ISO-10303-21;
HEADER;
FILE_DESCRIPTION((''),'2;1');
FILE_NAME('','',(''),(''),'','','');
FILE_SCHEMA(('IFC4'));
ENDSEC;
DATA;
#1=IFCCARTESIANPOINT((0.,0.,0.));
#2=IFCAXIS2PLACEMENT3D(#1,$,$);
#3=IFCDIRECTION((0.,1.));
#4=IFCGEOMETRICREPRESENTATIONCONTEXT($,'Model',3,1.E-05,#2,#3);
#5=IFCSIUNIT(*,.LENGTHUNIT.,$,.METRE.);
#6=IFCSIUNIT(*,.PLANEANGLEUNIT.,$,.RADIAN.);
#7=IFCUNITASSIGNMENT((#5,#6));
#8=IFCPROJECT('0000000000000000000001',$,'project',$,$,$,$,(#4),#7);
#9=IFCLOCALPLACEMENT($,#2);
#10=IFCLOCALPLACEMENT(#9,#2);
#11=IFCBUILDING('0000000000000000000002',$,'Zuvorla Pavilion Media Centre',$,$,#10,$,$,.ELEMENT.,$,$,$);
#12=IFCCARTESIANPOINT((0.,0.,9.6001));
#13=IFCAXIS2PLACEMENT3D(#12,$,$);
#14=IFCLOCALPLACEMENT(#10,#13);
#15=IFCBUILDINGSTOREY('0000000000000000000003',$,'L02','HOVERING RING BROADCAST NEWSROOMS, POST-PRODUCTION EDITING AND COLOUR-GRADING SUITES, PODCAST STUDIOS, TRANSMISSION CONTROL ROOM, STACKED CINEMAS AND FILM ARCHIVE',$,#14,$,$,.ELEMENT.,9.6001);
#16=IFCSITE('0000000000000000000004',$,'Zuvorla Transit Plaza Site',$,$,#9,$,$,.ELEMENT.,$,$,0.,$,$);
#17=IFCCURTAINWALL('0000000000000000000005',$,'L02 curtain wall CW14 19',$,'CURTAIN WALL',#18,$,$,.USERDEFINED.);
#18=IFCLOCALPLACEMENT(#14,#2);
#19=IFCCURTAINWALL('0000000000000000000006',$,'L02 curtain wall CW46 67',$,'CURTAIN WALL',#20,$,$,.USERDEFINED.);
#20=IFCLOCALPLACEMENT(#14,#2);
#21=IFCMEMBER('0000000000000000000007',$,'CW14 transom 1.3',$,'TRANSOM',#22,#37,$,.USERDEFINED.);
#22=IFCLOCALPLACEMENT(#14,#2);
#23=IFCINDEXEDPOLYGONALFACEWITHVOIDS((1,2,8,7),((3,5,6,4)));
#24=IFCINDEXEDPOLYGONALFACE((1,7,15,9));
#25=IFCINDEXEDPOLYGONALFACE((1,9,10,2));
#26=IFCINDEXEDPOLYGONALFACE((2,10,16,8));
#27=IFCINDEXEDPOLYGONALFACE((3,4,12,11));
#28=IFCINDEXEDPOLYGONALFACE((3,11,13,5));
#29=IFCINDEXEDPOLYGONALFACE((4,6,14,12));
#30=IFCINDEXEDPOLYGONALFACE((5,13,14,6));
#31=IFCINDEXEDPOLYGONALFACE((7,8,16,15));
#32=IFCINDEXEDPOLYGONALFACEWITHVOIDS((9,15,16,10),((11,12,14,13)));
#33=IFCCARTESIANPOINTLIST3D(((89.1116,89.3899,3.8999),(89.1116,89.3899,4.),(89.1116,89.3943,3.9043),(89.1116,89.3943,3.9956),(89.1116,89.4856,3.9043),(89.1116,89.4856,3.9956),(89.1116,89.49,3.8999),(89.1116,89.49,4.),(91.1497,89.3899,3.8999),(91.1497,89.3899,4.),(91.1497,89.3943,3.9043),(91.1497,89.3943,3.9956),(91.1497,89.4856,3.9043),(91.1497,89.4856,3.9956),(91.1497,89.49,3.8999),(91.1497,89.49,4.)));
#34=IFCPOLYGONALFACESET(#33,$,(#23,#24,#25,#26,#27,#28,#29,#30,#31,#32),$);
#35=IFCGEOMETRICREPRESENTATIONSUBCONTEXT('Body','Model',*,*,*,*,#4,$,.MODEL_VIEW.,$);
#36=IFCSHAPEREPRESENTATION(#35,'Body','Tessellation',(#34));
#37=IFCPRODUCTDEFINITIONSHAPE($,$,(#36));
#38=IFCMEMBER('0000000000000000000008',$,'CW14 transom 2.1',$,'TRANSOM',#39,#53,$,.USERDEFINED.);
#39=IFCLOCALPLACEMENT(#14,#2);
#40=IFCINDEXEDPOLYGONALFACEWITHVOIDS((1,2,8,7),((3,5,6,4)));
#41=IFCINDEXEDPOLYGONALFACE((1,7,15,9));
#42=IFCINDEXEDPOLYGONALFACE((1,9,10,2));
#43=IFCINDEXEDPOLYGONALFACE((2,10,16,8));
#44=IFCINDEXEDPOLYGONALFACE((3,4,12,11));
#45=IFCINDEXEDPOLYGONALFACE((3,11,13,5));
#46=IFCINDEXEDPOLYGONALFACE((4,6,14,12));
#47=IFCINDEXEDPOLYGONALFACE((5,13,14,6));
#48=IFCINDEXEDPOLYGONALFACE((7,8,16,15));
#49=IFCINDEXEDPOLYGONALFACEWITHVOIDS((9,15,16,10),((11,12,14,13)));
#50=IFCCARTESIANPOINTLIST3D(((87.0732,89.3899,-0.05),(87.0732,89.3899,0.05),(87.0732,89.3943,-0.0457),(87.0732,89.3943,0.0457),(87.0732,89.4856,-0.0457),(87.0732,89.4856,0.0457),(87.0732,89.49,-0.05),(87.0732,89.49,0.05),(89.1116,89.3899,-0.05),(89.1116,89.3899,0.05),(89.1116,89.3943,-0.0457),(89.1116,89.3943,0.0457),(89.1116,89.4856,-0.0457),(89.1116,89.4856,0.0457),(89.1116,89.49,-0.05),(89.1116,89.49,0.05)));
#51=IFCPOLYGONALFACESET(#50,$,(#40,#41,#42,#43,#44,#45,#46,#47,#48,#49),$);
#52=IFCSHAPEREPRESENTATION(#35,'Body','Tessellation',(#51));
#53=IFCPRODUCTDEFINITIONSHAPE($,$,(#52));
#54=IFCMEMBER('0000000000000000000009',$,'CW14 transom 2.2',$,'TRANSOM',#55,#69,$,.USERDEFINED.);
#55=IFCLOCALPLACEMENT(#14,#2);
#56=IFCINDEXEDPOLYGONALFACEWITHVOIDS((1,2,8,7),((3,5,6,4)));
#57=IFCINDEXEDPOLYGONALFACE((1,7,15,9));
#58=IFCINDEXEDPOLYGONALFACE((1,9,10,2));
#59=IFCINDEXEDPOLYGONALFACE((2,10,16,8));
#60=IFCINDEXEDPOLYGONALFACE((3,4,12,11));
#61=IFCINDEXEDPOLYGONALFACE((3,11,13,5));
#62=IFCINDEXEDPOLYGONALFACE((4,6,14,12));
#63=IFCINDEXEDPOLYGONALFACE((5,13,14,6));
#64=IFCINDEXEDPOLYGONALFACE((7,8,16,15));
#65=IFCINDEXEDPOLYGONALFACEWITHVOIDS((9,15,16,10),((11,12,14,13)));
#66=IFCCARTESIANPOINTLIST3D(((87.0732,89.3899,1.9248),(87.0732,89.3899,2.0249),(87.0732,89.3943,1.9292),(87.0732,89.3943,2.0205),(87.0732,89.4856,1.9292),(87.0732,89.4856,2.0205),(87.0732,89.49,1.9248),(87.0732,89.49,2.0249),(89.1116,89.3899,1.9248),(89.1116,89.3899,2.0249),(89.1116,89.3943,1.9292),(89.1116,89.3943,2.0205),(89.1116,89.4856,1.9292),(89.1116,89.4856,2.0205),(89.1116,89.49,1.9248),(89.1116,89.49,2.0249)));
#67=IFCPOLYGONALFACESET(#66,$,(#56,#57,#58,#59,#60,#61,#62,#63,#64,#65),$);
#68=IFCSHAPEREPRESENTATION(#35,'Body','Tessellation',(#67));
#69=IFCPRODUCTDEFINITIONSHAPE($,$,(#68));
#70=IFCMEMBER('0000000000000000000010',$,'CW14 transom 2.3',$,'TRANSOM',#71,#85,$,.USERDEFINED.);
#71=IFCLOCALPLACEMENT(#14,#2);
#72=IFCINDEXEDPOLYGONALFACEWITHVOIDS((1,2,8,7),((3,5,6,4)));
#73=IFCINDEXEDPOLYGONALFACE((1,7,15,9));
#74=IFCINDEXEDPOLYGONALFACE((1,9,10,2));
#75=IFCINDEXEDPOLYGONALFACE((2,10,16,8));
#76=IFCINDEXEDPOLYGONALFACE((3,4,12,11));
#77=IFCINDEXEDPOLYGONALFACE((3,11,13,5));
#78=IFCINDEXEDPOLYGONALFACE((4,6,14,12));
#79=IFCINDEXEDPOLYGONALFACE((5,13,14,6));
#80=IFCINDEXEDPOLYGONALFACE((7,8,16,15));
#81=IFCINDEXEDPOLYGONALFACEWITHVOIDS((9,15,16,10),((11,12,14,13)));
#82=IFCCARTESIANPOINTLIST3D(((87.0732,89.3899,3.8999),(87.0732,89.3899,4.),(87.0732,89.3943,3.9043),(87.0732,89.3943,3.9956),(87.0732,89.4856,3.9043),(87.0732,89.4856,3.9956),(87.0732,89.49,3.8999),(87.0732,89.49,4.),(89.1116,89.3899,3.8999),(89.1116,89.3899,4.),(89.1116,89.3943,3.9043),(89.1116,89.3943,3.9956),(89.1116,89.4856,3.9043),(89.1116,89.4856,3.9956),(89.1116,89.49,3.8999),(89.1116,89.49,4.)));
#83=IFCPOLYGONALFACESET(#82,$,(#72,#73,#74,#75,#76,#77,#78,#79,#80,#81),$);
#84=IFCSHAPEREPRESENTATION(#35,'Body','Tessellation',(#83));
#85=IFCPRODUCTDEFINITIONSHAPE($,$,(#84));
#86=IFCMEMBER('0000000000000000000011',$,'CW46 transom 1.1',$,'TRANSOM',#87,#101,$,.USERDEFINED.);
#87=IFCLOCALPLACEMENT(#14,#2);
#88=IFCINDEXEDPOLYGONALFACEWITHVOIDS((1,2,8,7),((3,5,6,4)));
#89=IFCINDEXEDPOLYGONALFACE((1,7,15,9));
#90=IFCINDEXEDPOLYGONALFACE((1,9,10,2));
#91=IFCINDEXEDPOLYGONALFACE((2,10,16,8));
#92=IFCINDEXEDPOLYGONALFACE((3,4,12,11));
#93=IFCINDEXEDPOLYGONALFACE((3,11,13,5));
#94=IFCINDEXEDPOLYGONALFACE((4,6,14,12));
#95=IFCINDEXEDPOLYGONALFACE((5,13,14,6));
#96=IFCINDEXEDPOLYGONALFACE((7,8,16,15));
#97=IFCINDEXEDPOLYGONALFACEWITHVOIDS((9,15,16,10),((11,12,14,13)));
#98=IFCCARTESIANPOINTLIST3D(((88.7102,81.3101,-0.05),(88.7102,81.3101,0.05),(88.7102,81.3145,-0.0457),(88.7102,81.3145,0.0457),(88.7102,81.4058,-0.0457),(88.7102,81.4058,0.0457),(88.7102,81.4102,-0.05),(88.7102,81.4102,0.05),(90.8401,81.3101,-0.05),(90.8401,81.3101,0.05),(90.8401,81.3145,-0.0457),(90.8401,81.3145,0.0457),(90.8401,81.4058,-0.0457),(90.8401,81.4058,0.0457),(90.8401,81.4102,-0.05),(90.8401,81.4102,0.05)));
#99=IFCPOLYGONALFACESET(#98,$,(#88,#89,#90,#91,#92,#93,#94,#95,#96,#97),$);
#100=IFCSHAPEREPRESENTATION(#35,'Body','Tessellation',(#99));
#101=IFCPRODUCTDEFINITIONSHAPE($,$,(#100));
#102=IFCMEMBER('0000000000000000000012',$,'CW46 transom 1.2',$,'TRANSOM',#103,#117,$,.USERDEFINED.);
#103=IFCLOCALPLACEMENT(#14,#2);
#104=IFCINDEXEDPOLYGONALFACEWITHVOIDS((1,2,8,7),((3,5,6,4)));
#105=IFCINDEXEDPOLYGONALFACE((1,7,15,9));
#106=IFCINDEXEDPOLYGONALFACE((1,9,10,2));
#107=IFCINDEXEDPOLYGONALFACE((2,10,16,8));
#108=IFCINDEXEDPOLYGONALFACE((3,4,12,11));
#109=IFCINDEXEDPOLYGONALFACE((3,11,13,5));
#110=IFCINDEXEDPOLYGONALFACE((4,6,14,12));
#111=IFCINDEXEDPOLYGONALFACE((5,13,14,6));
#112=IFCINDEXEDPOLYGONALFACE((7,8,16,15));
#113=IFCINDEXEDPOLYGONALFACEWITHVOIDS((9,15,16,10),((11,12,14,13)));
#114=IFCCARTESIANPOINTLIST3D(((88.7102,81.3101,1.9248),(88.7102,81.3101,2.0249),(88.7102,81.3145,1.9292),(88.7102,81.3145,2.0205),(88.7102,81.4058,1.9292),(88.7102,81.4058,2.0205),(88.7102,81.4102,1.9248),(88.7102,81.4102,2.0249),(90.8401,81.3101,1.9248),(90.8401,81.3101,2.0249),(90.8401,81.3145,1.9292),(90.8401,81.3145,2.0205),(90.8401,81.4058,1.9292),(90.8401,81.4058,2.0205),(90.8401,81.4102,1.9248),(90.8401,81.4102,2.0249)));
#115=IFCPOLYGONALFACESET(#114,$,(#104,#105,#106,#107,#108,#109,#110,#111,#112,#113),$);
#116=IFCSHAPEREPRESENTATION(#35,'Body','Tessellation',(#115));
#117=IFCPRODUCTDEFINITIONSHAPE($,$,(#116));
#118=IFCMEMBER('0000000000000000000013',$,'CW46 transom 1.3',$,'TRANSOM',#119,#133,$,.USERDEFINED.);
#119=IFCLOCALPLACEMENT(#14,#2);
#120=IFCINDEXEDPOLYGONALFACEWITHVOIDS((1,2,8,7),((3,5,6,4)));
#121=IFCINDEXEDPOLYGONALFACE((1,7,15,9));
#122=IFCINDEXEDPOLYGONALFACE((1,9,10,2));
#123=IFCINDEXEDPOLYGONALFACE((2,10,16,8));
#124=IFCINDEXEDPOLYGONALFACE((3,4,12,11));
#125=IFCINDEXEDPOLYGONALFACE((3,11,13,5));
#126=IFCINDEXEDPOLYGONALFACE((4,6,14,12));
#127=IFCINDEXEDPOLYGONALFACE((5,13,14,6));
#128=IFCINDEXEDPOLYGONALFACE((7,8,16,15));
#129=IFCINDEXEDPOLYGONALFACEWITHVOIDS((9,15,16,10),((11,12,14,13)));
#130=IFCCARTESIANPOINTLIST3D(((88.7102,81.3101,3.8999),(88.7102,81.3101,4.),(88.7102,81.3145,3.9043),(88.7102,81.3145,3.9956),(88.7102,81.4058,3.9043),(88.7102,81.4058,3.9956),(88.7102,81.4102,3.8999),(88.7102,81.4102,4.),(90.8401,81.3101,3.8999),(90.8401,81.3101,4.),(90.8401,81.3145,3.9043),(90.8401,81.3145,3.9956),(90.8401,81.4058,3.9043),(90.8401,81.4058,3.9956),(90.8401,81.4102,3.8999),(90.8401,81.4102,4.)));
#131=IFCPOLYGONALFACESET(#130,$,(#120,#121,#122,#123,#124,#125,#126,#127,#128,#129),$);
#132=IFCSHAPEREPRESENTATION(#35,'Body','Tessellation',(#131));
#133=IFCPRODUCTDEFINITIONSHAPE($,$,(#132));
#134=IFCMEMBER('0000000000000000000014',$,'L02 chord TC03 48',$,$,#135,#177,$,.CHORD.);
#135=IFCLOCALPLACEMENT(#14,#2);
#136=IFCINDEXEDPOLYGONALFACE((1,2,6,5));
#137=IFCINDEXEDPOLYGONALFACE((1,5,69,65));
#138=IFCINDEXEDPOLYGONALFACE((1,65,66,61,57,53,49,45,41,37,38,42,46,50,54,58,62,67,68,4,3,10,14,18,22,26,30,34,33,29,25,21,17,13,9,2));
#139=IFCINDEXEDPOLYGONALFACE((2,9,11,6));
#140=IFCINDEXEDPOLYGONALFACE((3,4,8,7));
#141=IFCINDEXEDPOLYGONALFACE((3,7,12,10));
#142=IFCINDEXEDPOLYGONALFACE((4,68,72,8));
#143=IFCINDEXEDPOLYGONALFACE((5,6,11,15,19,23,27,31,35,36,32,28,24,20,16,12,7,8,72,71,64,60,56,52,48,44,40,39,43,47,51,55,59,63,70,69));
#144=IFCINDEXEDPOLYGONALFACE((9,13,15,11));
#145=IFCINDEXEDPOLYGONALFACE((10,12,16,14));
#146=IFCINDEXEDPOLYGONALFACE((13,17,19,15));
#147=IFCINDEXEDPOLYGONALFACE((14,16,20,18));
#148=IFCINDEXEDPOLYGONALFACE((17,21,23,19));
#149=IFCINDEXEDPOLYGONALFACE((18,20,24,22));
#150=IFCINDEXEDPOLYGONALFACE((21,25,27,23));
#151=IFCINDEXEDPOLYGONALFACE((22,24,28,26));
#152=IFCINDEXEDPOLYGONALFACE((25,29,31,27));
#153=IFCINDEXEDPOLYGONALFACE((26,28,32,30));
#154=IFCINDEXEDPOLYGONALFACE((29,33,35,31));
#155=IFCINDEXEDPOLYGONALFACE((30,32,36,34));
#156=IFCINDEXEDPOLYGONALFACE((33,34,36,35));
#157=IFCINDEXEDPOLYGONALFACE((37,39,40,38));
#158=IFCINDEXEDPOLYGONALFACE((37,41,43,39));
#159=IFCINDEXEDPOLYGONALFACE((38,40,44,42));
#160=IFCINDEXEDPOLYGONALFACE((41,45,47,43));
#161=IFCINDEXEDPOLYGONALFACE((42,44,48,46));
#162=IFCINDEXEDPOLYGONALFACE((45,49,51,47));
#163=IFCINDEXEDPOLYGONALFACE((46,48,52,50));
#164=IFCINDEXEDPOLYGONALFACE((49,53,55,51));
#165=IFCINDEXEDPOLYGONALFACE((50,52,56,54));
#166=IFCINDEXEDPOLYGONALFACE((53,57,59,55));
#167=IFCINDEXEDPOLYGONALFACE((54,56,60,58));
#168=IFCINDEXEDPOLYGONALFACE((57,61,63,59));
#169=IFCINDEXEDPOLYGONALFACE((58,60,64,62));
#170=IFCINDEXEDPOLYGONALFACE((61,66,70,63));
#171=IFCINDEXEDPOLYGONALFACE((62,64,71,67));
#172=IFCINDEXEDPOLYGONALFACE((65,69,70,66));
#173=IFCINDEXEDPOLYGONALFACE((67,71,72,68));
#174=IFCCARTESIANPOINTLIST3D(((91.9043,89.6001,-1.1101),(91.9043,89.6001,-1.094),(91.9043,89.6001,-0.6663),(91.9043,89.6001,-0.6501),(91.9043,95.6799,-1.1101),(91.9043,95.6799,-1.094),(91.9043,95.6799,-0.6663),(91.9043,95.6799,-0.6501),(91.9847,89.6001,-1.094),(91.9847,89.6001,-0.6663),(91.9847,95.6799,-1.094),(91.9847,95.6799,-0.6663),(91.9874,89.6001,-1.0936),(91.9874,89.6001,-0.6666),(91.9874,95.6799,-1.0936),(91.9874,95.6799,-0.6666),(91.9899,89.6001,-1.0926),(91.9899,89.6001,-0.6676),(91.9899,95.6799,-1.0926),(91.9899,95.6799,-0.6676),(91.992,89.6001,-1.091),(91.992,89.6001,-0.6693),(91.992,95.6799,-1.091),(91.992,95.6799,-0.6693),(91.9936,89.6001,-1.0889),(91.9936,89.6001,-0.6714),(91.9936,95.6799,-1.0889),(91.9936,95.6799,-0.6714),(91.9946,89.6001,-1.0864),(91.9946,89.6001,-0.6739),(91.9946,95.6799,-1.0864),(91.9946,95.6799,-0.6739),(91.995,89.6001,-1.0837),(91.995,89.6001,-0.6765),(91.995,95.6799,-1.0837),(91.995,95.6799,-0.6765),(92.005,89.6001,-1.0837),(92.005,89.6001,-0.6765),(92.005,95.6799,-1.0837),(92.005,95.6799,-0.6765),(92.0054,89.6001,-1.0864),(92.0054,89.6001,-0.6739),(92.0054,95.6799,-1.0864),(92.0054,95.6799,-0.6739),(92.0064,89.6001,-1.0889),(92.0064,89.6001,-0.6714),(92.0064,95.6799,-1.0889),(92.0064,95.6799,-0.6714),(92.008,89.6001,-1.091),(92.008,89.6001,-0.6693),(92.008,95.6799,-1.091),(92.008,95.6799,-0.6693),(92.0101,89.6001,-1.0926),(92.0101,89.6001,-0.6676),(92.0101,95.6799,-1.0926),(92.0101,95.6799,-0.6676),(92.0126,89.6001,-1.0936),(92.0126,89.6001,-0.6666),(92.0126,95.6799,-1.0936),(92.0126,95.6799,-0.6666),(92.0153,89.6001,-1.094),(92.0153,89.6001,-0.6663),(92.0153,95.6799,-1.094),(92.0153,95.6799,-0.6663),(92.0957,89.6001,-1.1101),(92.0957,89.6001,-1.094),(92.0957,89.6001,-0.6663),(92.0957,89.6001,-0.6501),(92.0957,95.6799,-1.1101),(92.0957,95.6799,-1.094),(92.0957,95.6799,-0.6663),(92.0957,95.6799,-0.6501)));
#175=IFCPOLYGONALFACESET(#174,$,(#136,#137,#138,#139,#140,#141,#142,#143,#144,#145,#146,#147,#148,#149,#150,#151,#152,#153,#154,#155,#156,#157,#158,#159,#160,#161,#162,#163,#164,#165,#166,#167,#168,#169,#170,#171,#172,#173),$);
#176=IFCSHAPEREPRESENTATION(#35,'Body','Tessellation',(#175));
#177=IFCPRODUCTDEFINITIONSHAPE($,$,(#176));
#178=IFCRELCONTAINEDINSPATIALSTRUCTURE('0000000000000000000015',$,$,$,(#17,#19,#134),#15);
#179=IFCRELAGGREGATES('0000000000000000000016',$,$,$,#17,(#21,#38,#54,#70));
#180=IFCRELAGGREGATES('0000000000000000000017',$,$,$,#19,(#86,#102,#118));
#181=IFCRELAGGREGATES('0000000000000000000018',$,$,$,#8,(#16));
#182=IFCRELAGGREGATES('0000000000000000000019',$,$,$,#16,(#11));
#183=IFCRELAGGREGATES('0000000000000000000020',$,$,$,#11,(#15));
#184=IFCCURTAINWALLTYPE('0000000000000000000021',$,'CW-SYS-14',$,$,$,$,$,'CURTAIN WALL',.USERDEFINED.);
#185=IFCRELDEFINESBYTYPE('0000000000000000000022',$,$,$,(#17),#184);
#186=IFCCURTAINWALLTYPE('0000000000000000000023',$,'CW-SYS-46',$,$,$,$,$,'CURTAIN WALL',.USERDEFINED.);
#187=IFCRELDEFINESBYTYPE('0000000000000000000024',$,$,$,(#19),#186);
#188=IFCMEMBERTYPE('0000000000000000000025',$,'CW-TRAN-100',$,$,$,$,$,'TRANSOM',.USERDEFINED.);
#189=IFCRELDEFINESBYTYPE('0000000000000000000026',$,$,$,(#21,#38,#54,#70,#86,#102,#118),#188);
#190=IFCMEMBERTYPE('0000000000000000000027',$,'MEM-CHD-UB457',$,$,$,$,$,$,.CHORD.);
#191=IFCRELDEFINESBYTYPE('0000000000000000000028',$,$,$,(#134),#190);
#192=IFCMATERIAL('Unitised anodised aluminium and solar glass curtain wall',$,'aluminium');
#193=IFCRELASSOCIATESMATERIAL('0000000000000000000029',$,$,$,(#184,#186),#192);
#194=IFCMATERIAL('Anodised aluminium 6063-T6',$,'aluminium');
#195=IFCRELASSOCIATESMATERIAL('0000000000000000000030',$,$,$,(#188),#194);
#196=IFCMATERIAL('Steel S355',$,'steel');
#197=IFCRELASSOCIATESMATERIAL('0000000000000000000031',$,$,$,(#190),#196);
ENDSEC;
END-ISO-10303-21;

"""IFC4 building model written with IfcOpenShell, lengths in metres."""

from ifc_helpers import new_model, si_unit, direction, frame, origin, origin_2d, place, context, subcontext, project, spatial, hollow_rectangle, i_section, extrude, material, material_profile, profile_set, type_object, element, aggregate, save


model = new_model("IFC4")

# Units and contexts
model_context = context("Model", 3, precision=1e-05, world=origin(), true_north=direction((0.0, 1.0)))
body_context = subcontext(model_context, "Body", "Model", "MODEL_VIEW")
ifc_project = project(units=[si_unit("LENGTHUNIT", "METRE"), si_unit("PLANEANGLEUNIT", "RADIAN")], contexts=[model_context])

# Site, building, storey
site_placement = place(None, origin())
site = spatial("IfcSite", under=ifc_project, at=site_placement, Name="Zuvorla Transit Plaza Site", CompositionType="ELEMENT", RefElevation=0.0)
building_placement = place(site_placement, origin())
building = spatial("IfcBuilding", under=site, at=building_placement, Name="Zuvorla Pavilion Media Centre", CompositionType="ELEMENT")
storey_placement = place(building_placement, frame((0.0, 0.0, 9.6001)))
storey = spatial("IfcBuildingStorey", under=building, at=storey_placement, Name="L02", Description="HOVERING RING BROADCAST NEWSROOMS, POST-PRODUCTION EDITING AND COLOUR-GRADING SUITES, PODCAST STUDIOS, TRANSMISSION CONTROL ROOM, STACKED CINEMAS AND FILM ARCHIVE", CompositionType="ELEMENT", Elevation=9.6001)

# Shared definitions
ifc_material_1 = material(Name="Steel S355", Category="steel")

# Shared definitions
ifc_material_2 = material(Name="Unitised anodised aluminium and solar glass curtain wall", Category="aluminium")
ifc_material_3 = material(Name="Anodised aluminium 6063-T6", Category="aluminium")

# Curtain wall
curtain_wall_type_1 = type_object("IfcCurtainWallType", Name="CW-SYS-14", ElementType="CURTAIN WALL", PredefinedType="USERDEFINED", material=ifc_material_2)
curtain_wall_1_placement = place(storey_placement, origin())
curtain_wall_1 = element("IfcCurtainWall", 1, at=curtain_wall_1_placement, inside=storey, type_object=curtain_wall_type_1, Name="L02 curtain wall CW14 19", ObjectType="CURTAIN WALL", PredefinedType="USERDEFINED")

# Curtain wall
curtain_wall_type_2 = type_object("IfcCurtainWallType", Name="CW-SYS-46", ElementType="CURTAIN WALL", PredefinedType="USERDEFINED", material=ifc_material_2)
curtain_wall_2_placement = place(storey_placement, origin())
curtain_wall_2 = element("IfcCurtainWall", 2, at=curtain_wall_2_placement, inside=storey, type_object=curtain_wall_type_2, Name="L02 curtain wall CW46 67", ObjectType="CURTAIN WALL", PredefinedType="USERDEFINED")

# Members
ifc_material_profile_1 = material_profile(ifc_material_3, hollow_rectangle(XDim=0.1001, YDim=0.1001, WallThickness=0.0044, at=origin_2d()), Name="ALU TRAN 100x100")
ifc_profile_set_1 = profile_set([ifc_material_profile_1], Name="Anodised aluminium 6063-T6")
member_type_1 = type_object("IfcMemberType", Name="CW-TRAN-100", ElementType="TRANSOM", PredefinedType="USERDEFINED", material=ifc_profile_set_1)
member_1_placement = place(storey_placement, frame((91.1497, 89.4399, 3.95), z_axis=(-1.0, 0.0, 0.0), x_axis=(0.0, -1.0, 0.0)))
member_1 = element("IfcMember", 3, at=member_1_placement, type_object=member_type_1, Name="CW14 transom 1.3", ObjectType="TRANSOM", PredefinedType="USERDEFINED", context=body_context, shape_type="SweptSolid", body=[
    extrude(hollow_rectangle(XDim=0.1001, YDim=0.1001, WallThickness=0.0044, at=origin_2d()), origin(), (0.0, 0.0, 1.0), 2.0381),
])
member_2_placement = place(storey_placement, frame((89.1116, 89.4399, 0.0), z_axis=(-1.0, 0.0, 0.0), x_axis=(0.0, -1.0, 0.0)))
member_2 = element("IfcMember", 4, at=member_2_placement, type_object=member_type_1, Name="CW14 transom 2.1", ObjectType="TRANSOM", PredefinedType="USERDEFINED", context=body_context, shape_type="SweptSolid", body=[
    extrude(hollow_rectangle(XDim=0.1001, YDim=0.1001, WallThickness=0.0044, at=origin_2d()), origin(), (0.0, 0.0, 1.0), 2.0383),
])
member_3_placement = place(storey_placement, frame((89.1116, 89.4399, 1.9749), z_axis=(-1.0, 0.0, 0.0), x_axis=(0.0, -1.0, 0.0)))
member_3 = element("IfcMember", 5, at=member_3_placement, type_object=member_type_1, Name="CW14 transom 2.2", ObjectType="TRANSOM", PredefinedType="USERDEFINED", context=body_context, shape_type="SweptSolid", body=[
    extrude(hollow_rectangle(XDim=0.1001, YDim=0.1001, WallThickness=0.0044, at=origin_2d()), origin(), (0.0, 0.0, 1.0), 2.0383),
])
member_4_placement = place(storey_placement, frame((89.1116, 89.4399, 3.95), z_axis=(-1.0, 0.0, 0.0), x_axis=(0.0, -1.0, 0.0)))
member_4 = element("IfcMember", 6, at=member_4_placement, type_object=member_type_1, Name="CW14 transom 2.3", ObjectType="TRANSOM", PredefinedType="USERDEFINED", context=body_context, shape_type="SweptSolid", body=[
    extrude(hollow_rectangle(XDim=0.1001, YDim=0.1001, WallThickness=0.0044, at=origin_2d()), origin(), (0.0, 0.0, 1.0), 2.0383),
])
member_5_placement = place(storey_placement, frame((90.8401, 81.3601, 0.0), z_axis=(-1.0, 0.0, 0.0), x_axis=(0.0, -1.0, 0.0)))
member_5 = element("IfcMember", 7, at=member_5_placement, type_object=member_type_1, Name="CW46 transom 1.1", ObjectType="TRANSOM", PredefinedType="USERDEFINED", context=body_context, shape_type="SweptSolid", body=[
    extrude(hollow_rectangle(XDim=0.1001, YDim=0.1001, WallThickness=0.0044, at=origin_2d()), origin(), (0.0, 0.0, 1.0), 2.1299),
])
member_6_placement = place(storey_placement, frame((90.8401, 81.3601, 1.9749), z_axis=(-1.0, 0.0, 0.0), x_axis=(0.0, -1.0, 0.0)))
member_6 = element("IfcMember", 8, at=member_6_placement, type_object=member_type_1, Name="CW46 transom 1.2", ObjectType="TRANSOM", PredefinedType="USERDEFINED", context=body_context, shape_type="SweptSolid", body=[
    extrude(hollow_rectangle(XDim=0.1001, YDim=0.1001, WallThickness=0.0044, at=origin_2d()), origin(), (0.0, 0.0, 1.0), 2.1299),
])
member_7_placement = place(storey_placement, frame((90.8401, 81.3601, 3.95), z_axis=(-1.0, 0.0, 0.0), x_axis=(0.0, -1.0, 0.0)))
member_7 = element("IfcMember", 9, at=member_7_placement, type_object=member_type_1, Name="CW46 transom 1.3", ObjectType="TRANSOM", PredefinedType="USERDEFINED", context=body_context, shape_type="SweptSolid", body=[
    extrude(hollow_rectangle(XDim=0.1001, YDim=0.1001, WallThickness=0.0044, at=origin_2d()), origin(), (0.0, 0.0, 1.0), 2.1299),
])

# Member
ifc_material_profile_2 = material_profile(ifc_material_1, i_section(OverallWidth=0.1914, OverallDepth=0.46, WebThickness=0.01, FlangeThickness=0.0161, FilletRadius=0.0103, at=origin_2d()), Name="UB 457x191x82")
ifc_profile_set_2 = profile_set([ifc_material_profile_2], Name="Steel S355")
member_type_2 = type_object("IfcMemberType", Name="MEM-CHD-UB457", PredefinedType="CHORD", material=ifc_profile_set_2)
member_8_placement = place(storey_placement, frame((92.0, 89.6001, -0.8801), z_axis=(0.0, 1.0, 0.0), x_axis=(-1.0, 0.0, 0.0)))
element("IfcMember", 10, at=member_8_placement, inside=storey, type_object=member_type_2, Name="L02 chord TC03 48", PredefinedType="CHORD", context=body_context, shape_type="SweptSolid", body=[
    extrude(i_section(OverallWidth=0.1914, OverallDepth=0.46, WebThickness=0.01, FlangeThickness=0.0161, FilletRadius=0.0103, at=origin_2d()), origin(), (0.0, 0.0, 1.0), 6.0798),
])

aggregate(curtain_wall_1, [member_1, member_2, member_3, member_4])
aggregate(curtain_wall_2, [member_5, member_6, member_7])

save(model, "model.ifc")
